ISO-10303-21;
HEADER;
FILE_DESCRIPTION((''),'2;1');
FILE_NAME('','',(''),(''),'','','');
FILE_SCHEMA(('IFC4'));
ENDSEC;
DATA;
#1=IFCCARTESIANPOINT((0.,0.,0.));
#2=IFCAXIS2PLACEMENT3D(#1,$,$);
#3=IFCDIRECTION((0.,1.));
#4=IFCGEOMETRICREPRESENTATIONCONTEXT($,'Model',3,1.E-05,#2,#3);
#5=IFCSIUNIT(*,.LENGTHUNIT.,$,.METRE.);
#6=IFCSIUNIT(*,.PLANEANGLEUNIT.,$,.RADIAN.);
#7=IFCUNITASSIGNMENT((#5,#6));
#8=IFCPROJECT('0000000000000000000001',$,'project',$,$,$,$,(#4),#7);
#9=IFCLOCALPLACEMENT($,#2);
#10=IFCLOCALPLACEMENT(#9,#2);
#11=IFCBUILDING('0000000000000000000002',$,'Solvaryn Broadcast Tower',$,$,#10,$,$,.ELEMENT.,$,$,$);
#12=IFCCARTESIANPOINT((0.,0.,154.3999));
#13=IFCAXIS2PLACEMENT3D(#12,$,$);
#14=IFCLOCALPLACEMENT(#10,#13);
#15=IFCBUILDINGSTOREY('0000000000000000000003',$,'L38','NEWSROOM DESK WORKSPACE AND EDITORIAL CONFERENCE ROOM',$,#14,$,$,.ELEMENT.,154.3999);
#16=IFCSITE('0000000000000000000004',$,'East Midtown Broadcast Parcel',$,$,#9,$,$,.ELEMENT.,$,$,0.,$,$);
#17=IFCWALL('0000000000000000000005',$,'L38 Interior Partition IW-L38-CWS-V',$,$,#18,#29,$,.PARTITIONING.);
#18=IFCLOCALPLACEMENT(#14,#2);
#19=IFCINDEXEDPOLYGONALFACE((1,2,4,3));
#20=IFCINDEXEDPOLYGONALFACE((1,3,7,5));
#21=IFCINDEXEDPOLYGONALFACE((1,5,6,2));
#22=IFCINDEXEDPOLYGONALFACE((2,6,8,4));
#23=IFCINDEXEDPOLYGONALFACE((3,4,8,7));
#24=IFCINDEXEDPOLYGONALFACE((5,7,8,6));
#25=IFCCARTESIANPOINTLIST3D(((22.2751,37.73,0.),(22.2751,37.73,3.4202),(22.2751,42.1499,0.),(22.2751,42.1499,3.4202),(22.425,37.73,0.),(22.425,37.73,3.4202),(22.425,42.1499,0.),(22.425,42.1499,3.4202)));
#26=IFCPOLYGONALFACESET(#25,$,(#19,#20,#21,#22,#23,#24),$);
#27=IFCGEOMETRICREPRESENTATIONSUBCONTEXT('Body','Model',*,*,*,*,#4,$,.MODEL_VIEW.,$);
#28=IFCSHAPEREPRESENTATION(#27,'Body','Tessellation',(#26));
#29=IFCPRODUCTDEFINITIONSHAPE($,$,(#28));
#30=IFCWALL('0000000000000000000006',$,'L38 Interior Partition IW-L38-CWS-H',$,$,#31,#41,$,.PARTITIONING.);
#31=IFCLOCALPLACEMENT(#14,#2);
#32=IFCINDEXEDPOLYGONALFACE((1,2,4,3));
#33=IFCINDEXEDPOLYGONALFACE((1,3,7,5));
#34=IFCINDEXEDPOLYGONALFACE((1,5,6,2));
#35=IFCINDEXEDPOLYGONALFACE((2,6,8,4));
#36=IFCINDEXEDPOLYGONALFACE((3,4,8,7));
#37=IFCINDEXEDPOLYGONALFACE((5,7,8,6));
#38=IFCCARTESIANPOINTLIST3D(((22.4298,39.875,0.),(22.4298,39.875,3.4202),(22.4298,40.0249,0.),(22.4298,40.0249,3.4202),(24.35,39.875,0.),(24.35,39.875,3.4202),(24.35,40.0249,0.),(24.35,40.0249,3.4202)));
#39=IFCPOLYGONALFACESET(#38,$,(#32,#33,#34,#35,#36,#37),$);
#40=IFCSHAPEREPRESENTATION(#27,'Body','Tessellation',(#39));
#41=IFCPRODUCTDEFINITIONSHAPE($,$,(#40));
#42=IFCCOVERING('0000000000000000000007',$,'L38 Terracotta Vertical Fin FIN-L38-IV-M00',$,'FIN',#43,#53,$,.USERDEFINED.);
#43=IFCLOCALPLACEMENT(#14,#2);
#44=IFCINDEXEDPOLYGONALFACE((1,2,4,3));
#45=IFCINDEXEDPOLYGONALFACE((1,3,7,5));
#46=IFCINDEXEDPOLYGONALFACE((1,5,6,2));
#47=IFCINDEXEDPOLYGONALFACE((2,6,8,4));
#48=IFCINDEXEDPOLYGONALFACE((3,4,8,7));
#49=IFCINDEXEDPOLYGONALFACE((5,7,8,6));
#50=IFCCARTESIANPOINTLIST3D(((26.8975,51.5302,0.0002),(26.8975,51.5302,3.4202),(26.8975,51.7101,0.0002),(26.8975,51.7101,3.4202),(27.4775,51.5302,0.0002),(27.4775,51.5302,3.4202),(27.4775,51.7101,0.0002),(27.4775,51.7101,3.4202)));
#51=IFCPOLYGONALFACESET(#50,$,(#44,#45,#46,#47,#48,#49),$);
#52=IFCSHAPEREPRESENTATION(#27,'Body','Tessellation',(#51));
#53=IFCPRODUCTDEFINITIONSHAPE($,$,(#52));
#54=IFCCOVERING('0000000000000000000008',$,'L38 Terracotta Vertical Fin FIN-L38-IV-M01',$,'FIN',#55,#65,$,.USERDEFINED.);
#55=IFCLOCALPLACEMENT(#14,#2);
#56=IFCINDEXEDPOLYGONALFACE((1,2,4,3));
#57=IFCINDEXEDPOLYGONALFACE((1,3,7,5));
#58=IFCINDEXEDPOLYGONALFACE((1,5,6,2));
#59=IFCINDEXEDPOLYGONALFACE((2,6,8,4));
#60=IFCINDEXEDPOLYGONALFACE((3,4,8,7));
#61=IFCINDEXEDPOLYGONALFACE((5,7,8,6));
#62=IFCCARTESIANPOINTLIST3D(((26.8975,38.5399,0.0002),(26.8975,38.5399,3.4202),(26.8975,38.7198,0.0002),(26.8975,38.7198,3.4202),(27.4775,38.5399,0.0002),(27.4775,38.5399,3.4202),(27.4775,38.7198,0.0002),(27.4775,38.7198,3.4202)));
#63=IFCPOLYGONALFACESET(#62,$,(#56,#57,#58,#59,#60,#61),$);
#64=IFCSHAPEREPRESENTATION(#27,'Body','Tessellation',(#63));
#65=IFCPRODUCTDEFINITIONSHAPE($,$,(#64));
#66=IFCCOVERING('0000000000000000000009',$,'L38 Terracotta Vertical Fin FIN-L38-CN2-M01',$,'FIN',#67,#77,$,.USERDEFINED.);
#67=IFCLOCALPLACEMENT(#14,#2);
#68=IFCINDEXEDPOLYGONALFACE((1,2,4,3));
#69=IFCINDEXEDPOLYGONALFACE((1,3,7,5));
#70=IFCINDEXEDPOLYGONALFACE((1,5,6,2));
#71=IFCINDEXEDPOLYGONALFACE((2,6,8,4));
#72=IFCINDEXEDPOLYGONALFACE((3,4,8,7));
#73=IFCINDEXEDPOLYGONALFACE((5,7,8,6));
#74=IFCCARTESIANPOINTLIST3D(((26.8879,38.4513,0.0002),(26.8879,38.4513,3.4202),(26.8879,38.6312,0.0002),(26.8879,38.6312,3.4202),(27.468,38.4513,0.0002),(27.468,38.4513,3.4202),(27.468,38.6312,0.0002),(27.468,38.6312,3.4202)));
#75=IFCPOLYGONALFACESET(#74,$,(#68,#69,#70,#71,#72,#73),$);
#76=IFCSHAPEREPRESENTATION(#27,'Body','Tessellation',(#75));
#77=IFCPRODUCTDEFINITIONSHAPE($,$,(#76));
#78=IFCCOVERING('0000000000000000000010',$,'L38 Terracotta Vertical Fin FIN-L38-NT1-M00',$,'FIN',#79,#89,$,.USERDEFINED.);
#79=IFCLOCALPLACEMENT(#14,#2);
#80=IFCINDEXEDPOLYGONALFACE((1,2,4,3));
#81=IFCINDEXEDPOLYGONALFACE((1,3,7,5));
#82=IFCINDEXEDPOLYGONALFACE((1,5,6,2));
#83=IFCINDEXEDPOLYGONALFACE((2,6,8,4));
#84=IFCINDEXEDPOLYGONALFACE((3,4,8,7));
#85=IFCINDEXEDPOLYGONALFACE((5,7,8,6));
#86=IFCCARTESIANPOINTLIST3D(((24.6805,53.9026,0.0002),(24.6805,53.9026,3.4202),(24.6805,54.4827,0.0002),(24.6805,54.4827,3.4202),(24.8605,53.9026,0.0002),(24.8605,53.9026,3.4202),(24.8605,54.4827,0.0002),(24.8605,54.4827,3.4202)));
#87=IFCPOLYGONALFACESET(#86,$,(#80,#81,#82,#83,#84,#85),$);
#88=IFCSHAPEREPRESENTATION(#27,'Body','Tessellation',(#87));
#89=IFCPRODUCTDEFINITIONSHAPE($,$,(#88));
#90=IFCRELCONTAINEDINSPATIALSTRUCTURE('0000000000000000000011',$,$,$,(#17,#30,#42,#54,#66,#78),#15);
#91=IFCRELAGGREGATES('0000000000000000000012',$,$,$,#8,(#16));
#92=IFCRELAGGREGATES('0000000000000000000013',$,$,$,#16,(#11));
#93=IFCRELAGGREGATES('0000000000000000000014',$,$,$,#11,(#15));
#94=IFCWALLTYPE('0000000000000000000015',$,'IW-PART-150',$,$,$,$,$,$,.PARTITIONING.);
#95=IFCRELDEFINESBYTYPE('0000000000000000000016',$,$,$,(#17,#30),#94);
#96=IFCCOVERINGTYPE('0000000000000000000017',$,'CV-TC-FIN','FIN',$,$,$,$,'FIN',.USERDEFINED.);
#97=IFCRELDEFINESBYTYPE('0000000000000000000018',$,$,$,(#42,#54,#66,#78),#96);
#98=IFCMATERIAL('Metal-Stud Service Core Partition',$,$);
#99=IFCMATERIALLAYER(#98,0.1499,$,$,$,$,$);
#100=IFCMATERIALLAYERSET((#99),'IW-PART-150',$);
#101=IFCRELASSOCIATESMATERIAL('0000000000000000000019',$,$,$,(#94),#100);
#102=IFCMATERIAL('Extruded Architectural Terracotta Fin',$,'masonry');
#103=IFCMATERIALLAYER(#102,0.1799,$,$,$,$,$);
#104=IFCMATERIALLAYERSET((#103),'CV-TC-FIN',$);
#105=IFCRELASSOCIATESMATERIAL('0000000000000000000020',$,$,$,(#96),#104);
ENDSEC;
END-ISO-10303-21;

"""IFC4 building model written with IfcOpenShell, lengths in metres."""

from ifc_helpers import new_model, si_unit, direction, frame, frame_2d, origin, origin_2d, place, context, subcontext, project, spatial, rectangle, extrude, material, layer, layer_set, type_object, element, save


model = new_model("IFC4")

# Units and contexts
model_context = context("Model", 3, precision=1e-05, world=origin(), true_north=direction((0.0, 1.0)))
body_context = subcontext(model_context, "Body", "Model", "MODEL_VIEW")
ifc_project = project(units=[si_unit("LENGTHUNIT", "METRE"), si_unit("PLANEANGLEUNIT", "RADIAN")], contexts=[model_context])

# Site, building, storey
site_placement = place(None, origin())
site = spatial("IfcSite", under=ifc_project, at=site_placement, Name="East Midtown Broadcast Parcel", CompositionType="ELEMENT", RefElevation=0.0)
building_placement = place(site_placement, origin())
building = spatial("IfcBuilding", under=site, at=building_placement, Name="Solvaryn Broadcast Tower", CompositionType="ELEMENT")
storey_placement = place(building_placement, frame((0.0, 0.0, 154.3999)))
storey = spatial("IfcBuildingStorey", under=building, at=storey_placement, Name="L38", Description="NEWSROOM DESK WORKSPACE AND EDITORIAL CONFERENCE ROOM", CompositionType="ELEMENT", Elevation=154.3999)

# Walls
ifc_material_1 = material(Name="Metal-Stud Service Core Partition")
ifc_layer_1 = layer(ifc_material_1, 0.1499)
ifc_layer_set_1 = layer_set([ifc_layer_1], Name="IW-PART-150")
wall_type_1 = type_object("IfcWallType", Name="IW-PART-150", PredefinedType="PARTITIONING", material=ifc_layer_set_1)
wall_1_placement = place(storey_placement, frame((22.3501, 37.73, 0.0), z_axis=(0.0, 0.0, 1.0), x_axis=(0.0, 1.0, 0.0)))
element("IfcWall", 1, at=wall_1_placement, inside=storey, type_object=wall_type_1, Name="L38 Interior Partition IW-L38-CWS-V", PredefinedType="PARTITIONING", context=body_context, shape_type="SweptSolid", body=[
    extrude(rectangle(XDim=4.4199, YDim=0.1499, at=frame_2d((2.21, 0.0))), origin(), (0.0, 0.0, 1.0), 3.4202),
])
wall_2_placement = place(storey_placement, frame((22.4299, 39.95, 0.0), z_axis=(0.0, 0.0, 1.0), x_axis=(1.0, 0.0, 0.0)))
element("IfcWall", 2, at=wall_2_placement, inside=storey, type_object=wall_type_1, Name="L38 Interior Partition IW-L38-CWS-H", PredefinedType="PARTITIONING", context=body_context, shape_type="SweptSolid", body=[
    extrude(rectangle(XDim=1.9202, YDim=0.1499, at=frame_2d((0.96, 0.0))), origin(), (0.0, 0.0, 1.0), 3.4202),
])

# Coverings
ifc_material_2 = material(Name="Extruded Architectural Terracotta Fin", Category="masonry")
ifc_layer_2 = layer(ifc_material_2, 0.1799)
ifc_layer_set_2 = layer_set([ifc_layer_2], Name="CV-TC-FIN")
covering_type = type_object("IfcCoveringType", Name="CV-TC-FIN", Description="FIN", ElementType="FIN", PredefinedType="USERDEFINED", material=ifc_layer_set_2)
for number, where, z_axis, x_axis, name in (
    (3, (27.1875, 51.6201, 0.0002), (0.0, 0.0, 1.0), (1.0, 0.0, 0.0), "L38 Terracotta Vertical Fin FIN-L38-IV-M00"),
    (4, (27.1875, 38.6299, 0.0002), (0.0, 0.0, 1.0), (1.0, 0.0, 0.0), "L38 Terracotta Vertical Fin FIN-L38-IV-M01"),
    (5, (27.178, 38.5413, 0.0002), (0.0, 0.0, 1.0), (1.0, 0.0, 0.0), "L38 Terracotta Vertical Fin FIN-L38-CN2-M01"),
):
    element("IfcCovering", number, at=place(storey_placement, frame(where, z_axis=z_axis, x_axis=x_axis)), inside=storey, type_object=covering_type, Name=name, ObjectType="FIN", PredefinedType="USERDEFINED", context=body_context, shape_type="SweptSolid", body=[
        extrude(rectangle(XDim=0.5801, YDim=0.1799, at=origin_2d()), origin(), (0.0, 0.0, 1.0), 3.4199),
    ])
covering_placement = place(storey_placement, frame((24.7705, 54.1926, 0.0002), z_axis=(0.0, 0.0, 1.0), x_axis=(1.0, 0.0, 0.0)))
element("IfcCovering", 6, at=covering_placement, inside=storey, type_object=covering_type, Name="L38 Terracotta Vertical Fin FIN-L38-NT1-M00", ObjectType="FIN", PredefinedType="USERDEFINED", context=body_context, shape_type="SweptSolid", body=[
    extrude(rectangle(XDim=0.1799, YDim=0.5801, at=origin_2d()), origin(), (0.0, 0.0, 1.0), 3.4199),
])

save(model, "model.ifc")
